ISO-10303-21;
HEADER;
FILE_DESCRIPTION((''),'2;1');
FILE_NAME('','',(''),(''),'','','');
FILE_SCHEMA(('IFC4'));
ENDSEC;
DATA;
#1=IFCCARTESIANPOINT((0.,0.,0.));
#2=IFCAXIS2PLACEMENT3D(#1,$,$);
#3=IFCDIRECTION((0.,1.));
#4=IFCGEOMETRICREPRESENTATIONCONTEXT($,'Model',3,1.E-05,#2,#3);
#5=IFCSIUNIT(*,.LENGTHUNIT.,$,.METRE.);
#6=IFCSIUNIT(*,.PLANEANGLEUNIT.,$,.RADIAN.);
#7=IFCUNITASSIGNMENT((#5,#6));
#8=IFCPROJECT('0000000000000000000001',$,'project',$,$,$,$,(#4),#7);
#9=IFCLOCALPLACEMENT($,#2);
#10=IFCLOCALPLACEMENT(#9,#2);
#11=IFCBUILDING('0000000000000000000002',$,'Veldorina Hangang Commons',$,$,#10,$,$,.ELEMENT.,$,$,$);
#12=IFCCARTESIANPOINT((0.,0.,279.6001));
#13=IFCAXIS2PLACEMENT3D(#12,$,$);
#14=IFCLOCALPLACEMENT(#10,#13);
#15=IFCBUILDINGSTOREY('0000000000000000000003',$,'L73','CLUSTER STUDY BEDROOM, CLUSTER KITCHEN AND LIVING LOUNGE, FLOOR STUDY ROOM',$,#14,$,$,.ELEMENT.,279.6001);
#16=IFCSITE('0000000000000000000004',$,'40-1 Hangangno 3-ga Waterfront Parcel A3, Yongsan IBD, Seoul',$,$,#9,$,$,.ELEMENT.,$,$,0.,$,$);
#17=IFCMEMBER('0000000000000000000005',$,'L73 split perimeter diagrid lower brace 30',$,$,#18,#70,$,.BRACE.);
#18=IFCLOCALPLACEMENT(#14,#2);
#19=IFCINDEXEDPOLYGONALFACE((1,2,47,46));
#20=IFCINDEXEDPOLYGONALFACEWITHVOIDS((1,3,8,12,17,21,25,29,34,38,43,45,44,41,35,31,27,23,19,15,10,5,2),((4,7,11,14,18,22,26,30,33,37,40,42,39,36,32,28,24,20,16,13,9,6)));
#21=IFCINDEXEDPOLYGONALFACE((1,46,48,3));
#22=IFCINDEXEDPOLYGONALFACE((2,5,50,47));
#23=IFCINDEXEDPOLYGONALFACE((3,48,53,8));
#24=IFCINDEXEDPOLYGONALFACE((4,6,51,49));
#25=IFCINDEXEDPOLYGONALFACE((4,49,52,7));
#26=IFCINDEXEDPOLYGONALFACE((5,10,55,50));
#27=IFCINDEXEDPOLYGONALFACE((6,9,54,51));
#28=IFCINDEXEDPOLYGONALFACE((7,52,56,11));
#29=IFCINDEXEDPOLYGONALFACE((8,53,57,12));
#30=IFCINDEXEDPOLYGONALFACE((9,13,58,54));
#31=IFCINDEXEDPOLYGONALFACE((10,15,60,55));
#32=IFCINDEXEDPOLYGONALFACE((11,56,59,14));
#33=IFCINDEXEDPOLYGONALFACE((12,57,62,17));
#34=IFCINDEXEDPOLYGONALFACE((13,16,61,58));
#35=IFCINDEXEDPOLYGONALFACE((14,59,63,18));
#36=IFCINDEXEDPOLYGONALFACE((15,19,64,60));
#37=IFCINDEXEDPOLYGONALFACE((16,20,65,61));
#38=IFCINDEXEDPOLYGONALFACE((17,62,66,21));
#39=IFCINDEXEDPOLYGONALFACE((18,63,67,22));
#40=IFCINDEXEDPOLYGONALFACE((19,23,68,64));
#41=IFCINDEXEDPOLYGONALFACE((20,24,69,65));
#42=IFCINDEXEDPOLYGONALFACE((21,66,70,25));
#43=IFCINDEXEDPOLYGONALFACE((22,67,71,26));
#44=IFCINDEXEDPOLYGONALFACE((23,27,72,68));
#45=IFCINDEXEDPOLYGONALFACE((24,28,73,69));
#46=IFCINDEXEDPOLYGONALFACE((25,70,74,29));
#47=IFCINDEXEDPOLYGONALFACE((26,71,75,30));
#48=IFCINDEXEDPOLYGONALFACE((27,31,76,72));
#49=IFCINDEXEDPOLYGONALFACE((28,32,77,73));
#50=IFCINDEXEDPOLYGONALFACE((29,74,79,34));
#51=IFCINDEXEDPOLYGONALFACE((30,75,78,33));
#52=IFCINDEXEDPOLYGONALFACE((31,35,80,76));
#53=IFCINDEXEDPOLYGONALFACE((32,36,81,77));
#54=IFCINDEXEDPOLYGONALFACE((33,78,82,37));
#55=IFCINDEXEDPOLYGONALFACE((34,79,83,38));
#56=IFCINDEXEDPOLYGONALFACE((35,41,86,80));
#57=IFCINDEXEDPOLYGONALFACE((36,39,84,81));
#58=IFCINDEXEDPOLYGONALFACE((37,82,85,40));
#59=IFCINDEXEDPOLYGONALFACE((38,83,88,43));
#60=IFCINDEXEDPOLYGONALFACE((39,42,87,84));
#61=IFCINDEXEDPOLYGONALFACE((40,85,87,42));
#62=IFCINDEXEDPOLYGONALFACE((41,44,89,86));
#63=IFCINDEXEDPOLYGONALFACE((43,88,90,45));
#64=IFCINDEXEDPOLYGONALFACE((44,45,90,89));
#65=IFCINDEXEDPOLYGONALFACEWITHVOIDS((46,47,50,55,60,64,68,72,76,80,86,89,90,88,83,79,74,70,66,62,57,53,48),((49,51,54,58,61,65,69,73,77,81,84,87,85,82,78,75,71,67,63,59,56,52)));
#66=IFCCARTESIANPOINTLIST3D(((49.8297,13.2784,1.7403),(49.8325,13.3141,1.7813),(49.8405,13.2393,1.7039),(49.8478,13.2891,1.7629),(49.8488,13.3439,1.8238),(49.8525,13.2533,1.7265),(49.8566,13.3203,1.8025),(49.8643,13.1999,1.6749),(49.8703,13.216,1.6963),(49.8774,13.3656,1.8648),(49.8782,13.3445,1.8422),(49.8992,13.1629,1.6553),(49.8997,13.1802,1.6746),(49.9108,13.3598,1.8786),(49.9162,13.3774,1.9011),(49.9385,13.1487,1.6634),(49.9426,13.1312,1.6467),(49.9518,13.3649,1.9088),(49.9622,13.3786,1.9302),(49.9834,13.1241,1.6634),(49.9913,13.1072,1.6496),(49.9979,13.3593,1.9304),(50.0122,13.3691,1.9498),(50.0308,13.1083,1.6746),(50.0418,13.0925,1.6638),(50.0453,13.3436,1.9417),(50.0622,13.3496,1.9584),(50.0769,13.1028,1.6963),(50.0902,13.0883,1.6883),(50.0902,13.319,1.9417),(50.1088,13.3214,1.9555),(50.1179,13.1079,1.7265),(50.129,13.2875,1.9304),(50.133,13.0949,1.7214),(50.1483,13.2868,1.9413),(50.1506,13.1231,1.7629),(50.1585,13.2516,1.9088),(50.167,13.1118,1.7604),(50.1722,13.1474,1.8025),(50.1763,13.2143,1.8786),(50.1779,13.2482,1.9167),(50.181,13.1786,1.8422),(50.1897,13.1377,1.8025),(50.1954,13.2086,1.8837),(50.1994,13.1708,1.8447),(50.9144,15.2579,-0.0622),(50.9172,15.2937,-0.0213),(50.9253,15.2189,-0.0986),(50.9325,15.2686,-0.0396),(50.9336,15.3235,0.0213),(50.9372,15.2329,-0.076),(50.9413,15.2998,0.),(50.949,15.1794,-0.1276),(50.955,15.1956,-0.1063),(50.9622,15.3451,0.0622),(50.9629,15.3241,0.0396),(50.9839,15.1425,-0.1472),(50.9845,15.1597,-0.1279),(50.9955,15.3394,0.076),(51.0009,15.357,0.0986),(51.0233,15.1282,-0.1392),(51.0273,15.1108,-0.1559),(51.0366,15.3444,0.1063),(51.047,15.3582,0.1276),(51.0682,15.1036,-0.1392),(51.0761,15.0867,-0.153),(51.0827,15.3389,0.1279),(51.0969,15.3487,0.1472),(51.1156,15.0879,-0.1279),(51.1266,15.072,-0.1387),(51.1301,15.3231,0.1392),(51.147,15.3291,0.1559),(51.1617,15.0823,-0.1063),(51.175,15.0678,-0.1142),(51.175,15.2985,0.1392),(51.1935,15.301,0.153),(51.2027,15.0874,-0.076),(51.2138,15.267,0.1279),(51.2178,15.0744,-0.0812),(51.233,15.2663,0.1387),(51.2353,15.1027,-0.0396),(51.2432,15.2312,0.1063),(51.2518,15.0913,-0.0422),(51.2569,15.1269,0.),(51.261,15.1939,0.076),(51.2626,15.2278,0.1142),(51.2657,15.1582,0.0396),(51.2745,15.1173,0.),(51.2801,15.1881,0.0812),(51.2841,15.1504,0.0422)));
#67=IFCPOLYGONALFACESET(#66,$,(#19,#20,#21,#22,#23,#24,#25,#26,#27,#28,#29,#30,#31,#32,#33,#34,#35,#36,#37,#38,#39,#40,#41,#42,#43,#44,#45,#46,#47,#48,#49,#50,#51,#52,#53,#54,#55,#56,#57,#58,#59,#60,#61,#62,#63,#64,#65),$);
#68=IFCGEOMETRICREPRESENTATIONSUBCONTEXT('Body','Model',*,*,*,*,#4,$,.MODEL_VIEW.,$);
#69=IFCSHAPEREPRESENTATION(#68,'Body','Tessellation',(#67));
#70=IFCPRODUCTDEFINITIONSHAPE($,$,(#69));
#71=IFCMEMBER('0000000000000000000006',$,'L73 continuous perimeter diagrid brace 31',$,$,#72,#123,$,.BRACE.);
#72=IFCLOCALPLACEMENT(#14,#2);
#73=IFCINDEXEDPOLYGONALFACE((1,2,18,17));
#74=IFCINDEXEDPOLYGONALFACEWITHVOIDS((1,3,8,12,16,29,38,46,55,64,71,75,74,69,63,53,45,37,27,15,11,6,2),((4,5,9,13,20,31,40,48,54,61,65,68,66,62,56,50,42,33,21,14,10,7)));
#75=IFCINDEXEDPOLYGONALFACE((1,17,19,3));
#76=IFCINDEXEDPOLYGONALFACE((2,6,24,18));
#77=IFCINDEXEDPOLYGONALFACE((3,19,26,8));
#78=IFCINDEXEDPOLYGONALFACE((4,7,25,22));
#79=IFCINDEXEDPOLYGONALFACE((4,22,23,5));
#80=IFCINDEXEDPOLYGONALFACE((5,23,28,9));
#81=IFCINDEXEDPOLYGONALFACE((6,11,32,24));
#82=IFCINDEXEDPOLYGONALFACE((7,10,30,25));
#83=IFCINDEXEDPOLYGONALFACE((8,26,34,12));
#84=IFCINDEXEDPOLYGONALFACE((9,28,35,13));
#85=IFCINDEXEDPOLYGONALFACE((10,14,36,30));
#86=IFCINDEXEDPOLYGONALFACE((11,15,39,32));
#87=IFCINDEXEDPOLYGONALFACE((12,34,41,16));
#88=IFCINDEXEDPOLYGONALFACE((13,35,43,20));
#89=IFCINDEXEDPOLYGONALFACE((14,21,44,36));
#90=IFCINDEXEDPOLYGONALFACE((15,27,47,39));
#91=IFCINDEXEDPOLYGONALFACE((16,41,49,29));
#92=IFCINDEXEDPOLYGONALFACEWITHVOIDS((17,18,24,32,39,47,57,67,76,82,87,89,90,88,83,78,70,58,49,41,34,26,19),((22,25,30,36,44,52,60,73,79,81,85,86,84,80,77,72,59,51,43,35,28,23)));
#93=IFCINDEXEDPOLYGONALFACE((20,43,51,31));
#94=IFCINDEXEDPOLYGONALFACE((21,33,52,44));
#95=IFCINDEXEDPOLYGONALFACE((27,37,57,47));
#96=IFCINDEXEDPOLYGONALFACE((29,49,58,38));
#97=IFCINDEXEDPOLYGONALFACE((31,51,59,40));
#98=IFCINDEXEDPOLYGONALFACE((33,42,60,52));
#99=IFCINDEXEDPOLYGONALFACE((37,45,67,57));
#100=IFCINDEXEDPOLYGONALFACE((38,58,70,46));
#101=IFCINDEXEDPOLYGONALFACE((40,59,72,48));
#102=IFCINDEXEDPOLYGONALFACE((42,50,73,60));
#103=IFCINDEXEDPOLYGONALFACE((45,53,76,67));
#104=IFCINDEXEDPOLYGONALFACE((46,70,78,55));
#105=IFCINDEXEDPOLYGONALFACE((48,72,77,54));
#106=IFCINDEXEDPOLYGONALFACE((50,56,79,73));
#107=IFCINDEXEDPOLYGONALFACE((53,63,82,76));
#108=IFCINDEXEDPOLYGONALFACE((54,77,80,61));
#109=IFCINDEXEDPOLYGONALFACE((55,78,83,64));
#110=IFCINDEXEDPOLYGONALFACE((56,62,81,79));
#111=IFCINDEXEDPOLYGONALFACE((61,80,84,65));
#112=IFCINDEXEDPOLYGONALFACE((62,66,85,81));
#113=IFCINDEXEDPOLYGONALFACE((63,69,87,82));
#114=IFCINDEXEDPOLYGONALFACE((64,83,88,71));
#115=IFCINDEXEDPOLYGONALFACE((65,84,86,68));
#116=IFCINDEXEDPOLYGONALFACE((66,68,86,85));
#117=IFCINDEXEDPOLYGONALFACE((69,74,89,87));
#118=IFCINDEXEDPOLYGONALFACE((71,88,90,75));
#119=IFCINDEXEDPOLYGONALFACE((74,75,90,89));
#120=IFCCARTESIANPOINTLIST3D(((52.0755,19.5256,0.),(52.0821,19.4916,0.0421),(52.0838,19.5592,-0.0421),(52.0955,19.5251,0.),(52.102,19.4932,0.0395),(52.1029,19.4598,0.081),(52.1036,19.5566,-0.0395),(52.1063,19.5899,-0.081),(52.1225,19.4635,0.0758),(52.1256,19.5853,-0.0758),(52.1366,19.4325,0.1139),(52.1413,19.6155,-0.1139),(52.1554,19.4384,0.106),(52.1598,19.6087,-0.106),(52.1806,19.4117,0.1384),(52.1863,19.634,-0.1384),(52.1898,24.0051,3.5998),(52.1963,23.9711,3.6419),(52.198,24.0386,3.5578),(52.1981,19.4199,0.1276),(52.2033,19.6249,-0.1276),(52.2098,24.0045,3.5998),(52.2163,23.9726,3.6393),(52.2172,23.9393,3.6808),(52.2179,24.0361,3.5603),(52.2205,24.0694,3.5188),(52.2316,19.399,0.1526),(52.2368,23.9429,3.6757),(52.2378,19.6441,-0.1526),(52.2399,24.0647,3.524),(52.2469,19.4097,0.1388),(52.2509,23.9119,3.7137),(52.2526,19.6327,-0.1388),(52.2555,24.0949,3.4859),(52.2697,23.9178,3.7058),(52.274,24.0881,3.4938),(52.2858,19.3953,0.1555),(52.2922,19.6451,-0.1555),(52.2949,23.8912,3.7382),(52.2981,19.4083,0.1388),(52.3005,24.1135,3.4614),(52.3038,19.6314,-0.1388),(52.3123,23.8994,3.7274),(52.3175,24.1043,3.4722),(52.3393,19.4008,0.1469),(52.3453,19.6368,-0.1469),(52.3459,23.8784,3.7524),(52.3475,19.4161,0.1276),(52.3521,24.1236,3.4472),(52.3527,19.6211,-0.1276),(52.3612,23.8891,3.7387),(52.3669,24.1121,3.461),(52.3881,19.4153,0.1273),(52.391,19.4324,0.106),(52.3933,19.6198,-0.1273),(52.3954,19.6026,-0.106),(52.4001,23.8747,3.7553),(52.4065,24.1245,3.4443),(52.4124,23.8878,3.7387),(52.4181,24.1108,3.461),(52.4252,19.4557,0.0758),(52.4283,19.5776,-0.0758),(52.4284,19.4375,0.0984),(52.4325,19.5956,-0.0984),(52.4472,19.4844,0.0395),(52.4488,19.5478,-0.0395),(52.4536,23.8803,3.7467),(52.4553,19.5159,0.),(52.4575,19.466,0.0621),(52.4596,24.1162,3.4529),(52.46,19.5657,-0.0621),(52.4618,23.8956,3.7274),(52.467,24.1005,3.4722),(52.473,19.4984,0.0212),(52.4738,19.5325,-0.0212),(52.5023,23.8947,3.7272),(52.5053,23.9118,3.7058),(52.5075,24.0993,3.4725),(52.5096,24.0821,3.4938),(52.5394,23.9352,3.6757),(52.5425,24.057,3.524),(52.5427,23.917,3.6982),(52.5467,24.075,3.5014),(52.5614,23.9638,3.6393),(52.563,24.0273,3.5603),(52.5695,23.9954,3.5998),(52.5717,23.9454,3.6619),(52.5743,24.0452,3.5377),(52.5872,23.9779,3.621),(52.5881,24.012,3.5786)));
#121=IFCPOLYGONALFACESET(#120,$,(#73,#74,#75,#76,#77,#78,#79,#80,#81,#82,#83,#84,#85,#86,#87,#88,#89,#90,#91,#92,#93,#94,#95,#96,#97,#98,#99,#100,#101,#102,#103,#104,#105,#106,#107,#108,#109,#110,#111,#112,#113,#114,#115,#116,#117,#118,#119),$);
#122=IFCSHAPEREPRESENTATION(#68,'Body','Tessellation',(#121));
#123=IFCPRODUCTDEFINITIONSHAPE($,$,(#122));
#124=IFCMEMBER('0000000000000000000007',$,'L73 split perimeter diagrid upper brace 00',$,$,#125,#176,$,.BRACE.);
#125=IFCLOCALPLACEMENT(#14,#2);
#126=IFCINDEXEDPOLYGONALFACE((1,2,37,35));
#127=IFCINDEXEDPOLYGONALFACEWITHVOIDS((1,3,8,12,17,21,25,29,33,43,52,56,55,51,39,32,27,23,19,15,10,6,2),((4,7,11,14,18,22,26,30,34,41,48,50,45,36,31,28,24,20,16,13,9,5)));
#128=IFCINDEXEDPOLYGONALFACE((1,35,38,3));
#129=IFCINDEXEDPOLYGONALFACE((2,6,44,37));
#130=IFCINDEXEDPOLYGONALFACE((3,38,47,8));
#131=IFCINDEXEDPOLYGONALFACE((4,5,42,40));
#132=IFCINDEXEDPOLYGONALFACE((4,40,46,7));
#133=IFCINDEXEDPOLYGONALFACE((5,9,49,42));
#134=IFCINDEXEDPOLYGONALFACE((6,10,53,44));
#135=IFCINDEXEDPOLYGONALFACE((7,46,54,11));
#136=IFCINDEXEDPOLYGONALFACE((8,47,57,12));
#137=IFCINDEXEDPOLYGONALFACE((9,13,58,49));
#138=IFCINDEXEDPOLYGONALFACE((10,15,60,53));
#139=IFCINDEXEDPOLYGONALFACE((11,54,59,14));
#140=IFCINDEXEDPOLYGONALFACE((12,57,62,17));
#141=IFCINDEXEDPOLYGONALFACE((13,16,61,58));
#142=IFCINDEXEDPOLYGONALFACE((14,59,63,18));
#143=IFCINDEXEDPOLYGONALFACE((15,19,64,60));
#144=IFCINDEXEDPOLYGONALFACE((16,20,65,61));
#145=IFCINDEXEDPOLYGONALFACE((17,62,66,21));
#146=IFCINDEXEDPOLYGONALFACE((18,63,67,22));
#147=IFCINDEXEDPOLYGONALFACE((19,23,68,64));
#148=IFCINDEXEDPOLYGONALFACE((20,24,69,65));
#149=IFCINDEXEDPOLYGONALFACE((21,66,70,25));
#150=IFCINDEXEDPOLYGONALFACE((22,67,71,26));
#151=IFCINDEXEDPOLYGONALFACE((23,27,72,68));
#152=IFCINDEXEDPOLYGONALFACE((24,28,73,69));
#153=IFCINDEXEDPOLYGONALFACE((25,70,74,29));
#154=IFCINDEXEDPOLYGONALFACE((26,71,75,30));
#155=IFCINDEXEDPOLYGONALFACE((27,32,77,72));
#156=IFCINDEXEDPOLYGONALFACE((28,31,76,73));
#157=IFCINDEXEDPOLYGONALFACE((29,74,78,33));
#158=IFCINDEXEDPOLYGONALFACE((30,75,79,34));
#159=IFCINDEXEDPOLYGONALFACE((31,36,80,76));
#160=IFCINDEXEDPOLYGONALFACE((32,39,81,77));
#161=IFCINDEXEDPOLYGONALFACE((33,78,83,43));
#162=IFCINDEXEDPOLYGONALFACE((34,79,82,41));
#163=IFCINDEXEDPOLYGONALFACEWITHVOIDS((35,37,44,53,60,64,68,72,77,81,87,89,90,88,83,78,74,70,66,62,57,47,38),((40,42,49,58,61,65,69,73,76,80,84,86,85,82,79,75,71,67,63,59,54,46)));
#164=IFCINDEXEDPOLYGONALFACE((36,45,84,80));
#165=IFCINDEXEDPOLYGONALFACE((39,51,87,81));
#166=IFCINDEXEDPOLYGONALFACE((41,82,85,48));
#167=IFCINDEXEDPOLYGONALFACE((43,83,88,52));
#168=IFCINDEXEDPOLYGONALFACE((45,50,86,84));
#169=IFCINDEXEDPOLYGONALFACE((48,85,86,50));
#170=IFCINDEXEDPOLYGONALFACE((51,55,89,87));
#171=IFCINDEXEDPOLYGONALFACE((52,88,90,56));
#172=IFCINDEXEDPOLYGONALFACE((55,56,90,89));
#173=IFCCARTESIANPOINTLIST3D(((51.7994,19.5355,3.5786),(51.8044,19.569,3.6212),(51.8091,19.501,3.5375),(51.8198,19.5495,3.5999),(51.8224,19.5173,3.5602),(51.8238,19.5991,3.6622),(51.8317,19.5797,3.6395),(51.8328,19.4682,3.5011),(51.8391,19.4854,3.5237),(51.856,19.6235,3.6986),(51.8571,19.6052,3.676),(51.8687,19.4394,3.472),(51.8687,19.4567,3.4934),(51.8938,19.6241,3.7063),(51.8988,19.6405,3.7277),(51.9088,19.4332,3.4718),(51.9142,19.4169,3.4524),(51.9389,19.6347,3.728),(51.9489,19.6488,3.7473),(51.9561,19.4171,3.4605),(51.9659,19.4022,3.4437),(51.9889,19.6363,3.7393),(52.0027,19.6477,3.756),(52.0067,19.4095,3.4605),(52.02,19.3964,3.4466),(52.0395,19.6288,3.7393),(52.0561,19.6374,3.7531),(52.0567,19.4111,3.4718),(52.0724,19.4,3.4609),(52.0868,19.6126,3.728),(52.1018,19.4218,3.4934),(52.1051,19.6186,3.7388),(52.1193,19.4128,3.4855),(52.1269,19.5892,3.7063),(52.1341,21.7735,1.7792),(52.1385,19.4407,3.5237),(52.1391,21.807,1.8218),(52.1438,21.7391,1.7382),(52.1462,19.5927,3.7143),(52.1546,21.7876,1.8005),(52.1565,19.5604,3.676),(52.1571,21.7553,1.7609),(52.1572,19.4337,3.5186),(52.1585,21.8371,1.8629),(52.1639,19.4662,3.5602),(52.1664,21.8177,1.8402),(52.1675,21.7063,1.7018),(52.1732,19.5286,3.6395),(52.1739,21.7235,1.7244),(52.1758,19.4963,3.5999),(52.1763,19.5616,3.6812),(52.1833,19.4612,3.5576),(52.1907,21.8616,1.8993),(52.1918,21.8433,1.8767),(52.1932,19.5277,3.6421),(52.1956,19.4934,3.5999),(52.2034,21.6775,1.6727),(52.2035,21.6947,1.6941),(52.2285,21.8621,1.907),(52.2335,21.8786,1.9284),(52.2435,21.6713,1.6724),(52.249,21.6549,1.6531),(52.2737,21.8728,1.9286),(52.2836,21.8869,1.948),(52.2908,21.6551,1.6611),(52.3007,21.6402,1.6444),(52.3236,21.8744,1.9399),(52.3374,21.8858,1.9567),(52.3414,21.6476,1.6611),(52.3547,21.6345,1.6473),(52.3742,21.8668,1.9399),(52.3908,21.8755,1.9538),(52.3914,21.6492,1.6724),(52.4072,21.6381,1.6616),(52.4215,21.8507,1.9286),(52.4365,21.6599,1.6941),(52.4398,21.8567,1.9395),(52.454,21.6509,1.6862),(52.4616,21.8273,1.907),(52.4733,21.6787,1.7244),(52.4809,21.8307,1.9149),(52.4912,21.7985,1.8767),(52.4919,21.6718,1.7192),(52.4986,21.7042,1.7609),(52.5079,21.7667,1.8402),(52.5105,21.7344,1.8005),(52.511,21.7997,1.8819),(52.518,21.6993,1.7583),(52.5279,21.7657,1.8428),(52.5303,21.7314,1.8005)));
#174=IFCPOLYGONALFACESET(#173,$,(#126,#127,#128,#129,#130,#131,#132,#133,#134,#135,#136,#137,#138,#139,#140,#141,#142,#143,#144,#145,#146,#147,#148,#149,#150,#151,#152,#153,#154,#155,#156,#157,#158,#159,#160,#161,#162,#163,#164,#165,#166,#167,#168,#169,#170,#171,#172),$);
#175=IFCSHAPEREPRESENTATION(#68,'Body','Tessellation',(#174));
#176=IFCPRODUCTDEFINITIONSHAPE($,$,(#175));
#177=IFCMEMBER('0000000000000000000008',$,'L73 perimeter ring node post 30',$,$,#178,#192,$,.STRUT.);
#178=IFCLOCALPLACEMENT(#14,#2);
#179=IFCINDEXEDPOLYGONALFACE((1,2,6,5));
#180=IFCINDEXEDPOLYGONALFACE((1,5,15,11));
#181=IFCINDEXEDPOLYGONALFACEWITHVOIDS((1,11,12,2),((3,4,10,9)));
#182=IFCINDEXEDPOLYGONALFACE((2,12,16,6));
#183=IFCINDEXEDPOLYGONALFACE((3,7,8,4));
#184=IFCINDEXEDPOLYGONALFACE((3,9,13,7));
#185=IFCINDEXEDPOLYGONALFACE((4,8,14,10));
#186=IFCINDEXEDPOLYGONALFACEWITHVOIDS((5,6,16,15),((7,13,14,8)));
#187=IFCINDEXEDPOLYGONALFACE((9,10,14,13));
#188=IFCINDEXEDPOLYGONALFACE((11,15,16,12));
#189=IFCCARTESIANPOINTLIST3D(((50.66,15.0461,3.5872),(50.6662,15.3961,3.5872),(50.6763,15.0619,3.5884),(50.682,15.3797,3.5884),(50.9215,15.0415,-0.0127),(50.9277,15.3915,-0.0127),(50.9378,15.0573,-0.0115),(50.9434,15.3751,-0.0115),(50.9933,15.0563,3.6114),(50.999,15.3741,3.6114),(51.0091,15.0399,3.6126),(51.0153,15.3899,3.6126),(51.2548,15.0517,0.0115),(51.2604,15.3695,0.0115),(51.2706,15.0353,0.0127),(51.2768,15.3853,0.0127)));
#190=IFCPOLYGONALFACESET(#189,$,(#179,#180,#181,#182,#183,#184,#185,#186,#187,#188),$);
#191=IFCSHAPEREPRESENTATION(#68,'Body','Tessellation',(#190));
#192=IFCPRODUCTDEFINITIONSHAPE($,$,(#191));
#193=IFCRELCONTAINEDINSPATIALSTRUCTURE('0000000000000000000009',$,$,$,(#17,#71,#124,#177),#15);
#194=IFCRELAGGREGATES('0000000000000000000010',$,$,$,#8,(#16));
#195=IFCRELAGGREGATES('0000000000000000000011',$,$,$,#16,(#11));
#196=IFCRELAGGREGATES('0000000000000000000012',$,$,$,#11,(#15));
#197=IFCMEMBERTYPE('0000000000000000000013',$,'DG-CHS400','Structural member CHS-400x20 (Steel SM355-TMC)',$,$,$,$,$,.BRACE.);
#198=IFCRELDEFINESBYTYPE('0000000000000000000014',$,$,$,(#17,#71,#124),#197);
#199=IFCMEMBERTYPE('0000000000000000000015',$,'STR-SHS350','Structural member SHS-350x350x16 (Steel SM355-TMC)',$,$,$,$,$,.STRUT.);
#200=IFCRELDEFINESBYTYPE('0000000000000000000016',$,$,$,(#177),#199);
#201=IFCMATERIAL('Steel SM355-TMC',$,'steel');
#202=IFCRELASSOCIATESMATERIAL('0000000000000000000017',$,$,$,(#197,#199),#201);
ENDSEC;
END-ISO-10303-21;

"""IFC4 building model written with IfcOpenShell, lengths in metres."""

from ifc_helpers import new_model, si_unit, direction, frame, origin, origin_2d, place, context, subcontext, project, spatial, hollow_rectangle, hollow_circle, extrude, material, material_profile, profile_set, type_object, element, save


model = new_model("IFC4")

# Units and contexts
model_context = context("Model", 3, precision=1e-05, world=origin(), true_north=direction((0.0, 1.0)))
body_context = subcontext(model_context, "Body", "Model", "MODEL_VIEW")
ifc_project = project(units=[si_unit("LENGTHUNIT", "METRE"), si_unit("PLANEANGLEUNIT", "RADIAN")], contexts=[model_context])

# Site, building, storey
site_placement = place(None, origin())
site = spatial("IfcSite", under=ifc_project, at=site_placement, Name="40-1 Hangangno 3-ga Waterfront Parcel A3, Yongsan IBD, Seoul", CompositionType="ELEMENT", RefElevation=0.0)
building_placement = place(site_placement, origin())
building = spatial("IfcBuilding", under=site, at=building_placement, Name="Veldorina Hangang Commons", CompositionType="ELEMENT")
storey_placement = place(building_placement, frame((0.0, 0.0, 279.6001)))
storey = spatial("IfcBuildingStorey", under=building, at=storey_placement, Name="L73", Description="CLUSTER STUDY BEDROOM, CLUSTER KITCHEN AND LIVING LOUNGE, FLOOR STUDY ROOM", CompositionType="ELEMENT", Elevation=279.6001)

# Shared definitions
ifc_material_1 = material(Name="Steel SM355-TMC", Category="steel")

# Members
ifc_material_profile_1 = material_profile(ifc_material_1, hollow_circle(Radius=0.2, WallThickness=0.02, at=origin_2d()), Name="CHS-400x20")
ifc_profile_set_1 = profile_set([ifc_material_profile_1], Name="Steel SM355-TMC")
member_type_1 = type_object("IfcMemberType", Name="DG-CHS400", Description="Structural member CHS-400x20 (Steel SM355-TMC)", PredefinedType="BRACE", material=ifc_profile_set_1)
member_1_placement = place(storey_placement, frame((51.0991, 15.2134, 0.0), z_axis=(-0.375517, -0.685279, 0.624003), x_axis=(0.876964, -0.480556, 0.0)))
element("IfcMember", 1, at=member_1_placement, inside=storey, type_object=member_type_1, Name="L73 split perimeter diagrid lower brace 30", PredefinedType="BRACE", context=body_context, shape_type="SweptSolid", body=[
    extrude(hollow_circle(Radius=0.2, WallThickness=0.02, at=origin_2d()), origin(), (0.0, 0.0, 1.0), 2.8887),
])
member_2_placement = place(storey_placement, frame((52.2754, 19.5205, 0.0), z_axis=(0.019878, 0.779333, 0.626295), x_axis=(-0.999675, 0.025499, 0.0)))
element("IfcMember", 2, at=member_2_placement, inside=storey, type_object=member_type_1, Name="L73 continuous perimeter diagrid brace 31", PredefinedType="BRACE", context=body_context, shape_type="SweptSolid", body=[
    extrude(hollow_circle(Radius=0.2, WallThickness=0.02, at=origin_2d()), origin(), (0.0, 0.0, 1.0), 5.7478),
])
member_3_placement = place(storey_placement, frame((52.3325, 21.761, 1.8005), z_axis=(-0.115775, -0.774116, 0.622367), x_axis=(0.989, -0.147913, 0.0)))
element("IfcMember", 3, at=member_3_placement, inside=storey, type_object=member_type_1, Name="L73 split perimeter diagrid upper brace 00", PredefinedType="BRACE", context=body_context, shape_type="SweptSolid", body=[
    extrude(hollow_circle(Radius=0.2, WallThickness=0.02, at=origin_2d()), origin(), (0.0, 0.0, 1.0), 2.8911),
])
ifc_material_profile_2 = material_profile(ifc_material_1, hollow_rectangle(XDim=0.3501, YDim=0.3501, WallThickness=0.0161, at=origin_2d()), Name="SHS-350x350x16")
ifc_profile_set_2 = profile_set([ifc_material_profile_2], Name="Steel SM355-TMC")
member_type_2 = type_object("IfcMemberType", Name="STR-SHS350", Description="Structural member SHS-350x350x16 (Steel SM355-TMC)", PredefinedType="STRUT", material=ifc_profile_set_2)
member_4_placement = place(storey_placement, frame((51.0991, 15.2134, 0.0), z_axis=(-0.072444, 0.001285, 0.997372), x_axis=(-0.017738, -0.999843, 0.0)))
element("IfcMember", 4, at=member_4_placement, inside=storey, type_object=member_type_2, Name="L73 perimeter ring node post 30", PredefinedType="STRUT", context=body_context, shape_type="SweptSolid", body=[
    extrude(hollow_rectangle(XDim=0.3501, YDim=0.3501, WallThickness=0.0161, at=origin_2d()), origin(), (0.0, 0.0, 1.0), 3.6094),
])

save(model, "model.ifc")
